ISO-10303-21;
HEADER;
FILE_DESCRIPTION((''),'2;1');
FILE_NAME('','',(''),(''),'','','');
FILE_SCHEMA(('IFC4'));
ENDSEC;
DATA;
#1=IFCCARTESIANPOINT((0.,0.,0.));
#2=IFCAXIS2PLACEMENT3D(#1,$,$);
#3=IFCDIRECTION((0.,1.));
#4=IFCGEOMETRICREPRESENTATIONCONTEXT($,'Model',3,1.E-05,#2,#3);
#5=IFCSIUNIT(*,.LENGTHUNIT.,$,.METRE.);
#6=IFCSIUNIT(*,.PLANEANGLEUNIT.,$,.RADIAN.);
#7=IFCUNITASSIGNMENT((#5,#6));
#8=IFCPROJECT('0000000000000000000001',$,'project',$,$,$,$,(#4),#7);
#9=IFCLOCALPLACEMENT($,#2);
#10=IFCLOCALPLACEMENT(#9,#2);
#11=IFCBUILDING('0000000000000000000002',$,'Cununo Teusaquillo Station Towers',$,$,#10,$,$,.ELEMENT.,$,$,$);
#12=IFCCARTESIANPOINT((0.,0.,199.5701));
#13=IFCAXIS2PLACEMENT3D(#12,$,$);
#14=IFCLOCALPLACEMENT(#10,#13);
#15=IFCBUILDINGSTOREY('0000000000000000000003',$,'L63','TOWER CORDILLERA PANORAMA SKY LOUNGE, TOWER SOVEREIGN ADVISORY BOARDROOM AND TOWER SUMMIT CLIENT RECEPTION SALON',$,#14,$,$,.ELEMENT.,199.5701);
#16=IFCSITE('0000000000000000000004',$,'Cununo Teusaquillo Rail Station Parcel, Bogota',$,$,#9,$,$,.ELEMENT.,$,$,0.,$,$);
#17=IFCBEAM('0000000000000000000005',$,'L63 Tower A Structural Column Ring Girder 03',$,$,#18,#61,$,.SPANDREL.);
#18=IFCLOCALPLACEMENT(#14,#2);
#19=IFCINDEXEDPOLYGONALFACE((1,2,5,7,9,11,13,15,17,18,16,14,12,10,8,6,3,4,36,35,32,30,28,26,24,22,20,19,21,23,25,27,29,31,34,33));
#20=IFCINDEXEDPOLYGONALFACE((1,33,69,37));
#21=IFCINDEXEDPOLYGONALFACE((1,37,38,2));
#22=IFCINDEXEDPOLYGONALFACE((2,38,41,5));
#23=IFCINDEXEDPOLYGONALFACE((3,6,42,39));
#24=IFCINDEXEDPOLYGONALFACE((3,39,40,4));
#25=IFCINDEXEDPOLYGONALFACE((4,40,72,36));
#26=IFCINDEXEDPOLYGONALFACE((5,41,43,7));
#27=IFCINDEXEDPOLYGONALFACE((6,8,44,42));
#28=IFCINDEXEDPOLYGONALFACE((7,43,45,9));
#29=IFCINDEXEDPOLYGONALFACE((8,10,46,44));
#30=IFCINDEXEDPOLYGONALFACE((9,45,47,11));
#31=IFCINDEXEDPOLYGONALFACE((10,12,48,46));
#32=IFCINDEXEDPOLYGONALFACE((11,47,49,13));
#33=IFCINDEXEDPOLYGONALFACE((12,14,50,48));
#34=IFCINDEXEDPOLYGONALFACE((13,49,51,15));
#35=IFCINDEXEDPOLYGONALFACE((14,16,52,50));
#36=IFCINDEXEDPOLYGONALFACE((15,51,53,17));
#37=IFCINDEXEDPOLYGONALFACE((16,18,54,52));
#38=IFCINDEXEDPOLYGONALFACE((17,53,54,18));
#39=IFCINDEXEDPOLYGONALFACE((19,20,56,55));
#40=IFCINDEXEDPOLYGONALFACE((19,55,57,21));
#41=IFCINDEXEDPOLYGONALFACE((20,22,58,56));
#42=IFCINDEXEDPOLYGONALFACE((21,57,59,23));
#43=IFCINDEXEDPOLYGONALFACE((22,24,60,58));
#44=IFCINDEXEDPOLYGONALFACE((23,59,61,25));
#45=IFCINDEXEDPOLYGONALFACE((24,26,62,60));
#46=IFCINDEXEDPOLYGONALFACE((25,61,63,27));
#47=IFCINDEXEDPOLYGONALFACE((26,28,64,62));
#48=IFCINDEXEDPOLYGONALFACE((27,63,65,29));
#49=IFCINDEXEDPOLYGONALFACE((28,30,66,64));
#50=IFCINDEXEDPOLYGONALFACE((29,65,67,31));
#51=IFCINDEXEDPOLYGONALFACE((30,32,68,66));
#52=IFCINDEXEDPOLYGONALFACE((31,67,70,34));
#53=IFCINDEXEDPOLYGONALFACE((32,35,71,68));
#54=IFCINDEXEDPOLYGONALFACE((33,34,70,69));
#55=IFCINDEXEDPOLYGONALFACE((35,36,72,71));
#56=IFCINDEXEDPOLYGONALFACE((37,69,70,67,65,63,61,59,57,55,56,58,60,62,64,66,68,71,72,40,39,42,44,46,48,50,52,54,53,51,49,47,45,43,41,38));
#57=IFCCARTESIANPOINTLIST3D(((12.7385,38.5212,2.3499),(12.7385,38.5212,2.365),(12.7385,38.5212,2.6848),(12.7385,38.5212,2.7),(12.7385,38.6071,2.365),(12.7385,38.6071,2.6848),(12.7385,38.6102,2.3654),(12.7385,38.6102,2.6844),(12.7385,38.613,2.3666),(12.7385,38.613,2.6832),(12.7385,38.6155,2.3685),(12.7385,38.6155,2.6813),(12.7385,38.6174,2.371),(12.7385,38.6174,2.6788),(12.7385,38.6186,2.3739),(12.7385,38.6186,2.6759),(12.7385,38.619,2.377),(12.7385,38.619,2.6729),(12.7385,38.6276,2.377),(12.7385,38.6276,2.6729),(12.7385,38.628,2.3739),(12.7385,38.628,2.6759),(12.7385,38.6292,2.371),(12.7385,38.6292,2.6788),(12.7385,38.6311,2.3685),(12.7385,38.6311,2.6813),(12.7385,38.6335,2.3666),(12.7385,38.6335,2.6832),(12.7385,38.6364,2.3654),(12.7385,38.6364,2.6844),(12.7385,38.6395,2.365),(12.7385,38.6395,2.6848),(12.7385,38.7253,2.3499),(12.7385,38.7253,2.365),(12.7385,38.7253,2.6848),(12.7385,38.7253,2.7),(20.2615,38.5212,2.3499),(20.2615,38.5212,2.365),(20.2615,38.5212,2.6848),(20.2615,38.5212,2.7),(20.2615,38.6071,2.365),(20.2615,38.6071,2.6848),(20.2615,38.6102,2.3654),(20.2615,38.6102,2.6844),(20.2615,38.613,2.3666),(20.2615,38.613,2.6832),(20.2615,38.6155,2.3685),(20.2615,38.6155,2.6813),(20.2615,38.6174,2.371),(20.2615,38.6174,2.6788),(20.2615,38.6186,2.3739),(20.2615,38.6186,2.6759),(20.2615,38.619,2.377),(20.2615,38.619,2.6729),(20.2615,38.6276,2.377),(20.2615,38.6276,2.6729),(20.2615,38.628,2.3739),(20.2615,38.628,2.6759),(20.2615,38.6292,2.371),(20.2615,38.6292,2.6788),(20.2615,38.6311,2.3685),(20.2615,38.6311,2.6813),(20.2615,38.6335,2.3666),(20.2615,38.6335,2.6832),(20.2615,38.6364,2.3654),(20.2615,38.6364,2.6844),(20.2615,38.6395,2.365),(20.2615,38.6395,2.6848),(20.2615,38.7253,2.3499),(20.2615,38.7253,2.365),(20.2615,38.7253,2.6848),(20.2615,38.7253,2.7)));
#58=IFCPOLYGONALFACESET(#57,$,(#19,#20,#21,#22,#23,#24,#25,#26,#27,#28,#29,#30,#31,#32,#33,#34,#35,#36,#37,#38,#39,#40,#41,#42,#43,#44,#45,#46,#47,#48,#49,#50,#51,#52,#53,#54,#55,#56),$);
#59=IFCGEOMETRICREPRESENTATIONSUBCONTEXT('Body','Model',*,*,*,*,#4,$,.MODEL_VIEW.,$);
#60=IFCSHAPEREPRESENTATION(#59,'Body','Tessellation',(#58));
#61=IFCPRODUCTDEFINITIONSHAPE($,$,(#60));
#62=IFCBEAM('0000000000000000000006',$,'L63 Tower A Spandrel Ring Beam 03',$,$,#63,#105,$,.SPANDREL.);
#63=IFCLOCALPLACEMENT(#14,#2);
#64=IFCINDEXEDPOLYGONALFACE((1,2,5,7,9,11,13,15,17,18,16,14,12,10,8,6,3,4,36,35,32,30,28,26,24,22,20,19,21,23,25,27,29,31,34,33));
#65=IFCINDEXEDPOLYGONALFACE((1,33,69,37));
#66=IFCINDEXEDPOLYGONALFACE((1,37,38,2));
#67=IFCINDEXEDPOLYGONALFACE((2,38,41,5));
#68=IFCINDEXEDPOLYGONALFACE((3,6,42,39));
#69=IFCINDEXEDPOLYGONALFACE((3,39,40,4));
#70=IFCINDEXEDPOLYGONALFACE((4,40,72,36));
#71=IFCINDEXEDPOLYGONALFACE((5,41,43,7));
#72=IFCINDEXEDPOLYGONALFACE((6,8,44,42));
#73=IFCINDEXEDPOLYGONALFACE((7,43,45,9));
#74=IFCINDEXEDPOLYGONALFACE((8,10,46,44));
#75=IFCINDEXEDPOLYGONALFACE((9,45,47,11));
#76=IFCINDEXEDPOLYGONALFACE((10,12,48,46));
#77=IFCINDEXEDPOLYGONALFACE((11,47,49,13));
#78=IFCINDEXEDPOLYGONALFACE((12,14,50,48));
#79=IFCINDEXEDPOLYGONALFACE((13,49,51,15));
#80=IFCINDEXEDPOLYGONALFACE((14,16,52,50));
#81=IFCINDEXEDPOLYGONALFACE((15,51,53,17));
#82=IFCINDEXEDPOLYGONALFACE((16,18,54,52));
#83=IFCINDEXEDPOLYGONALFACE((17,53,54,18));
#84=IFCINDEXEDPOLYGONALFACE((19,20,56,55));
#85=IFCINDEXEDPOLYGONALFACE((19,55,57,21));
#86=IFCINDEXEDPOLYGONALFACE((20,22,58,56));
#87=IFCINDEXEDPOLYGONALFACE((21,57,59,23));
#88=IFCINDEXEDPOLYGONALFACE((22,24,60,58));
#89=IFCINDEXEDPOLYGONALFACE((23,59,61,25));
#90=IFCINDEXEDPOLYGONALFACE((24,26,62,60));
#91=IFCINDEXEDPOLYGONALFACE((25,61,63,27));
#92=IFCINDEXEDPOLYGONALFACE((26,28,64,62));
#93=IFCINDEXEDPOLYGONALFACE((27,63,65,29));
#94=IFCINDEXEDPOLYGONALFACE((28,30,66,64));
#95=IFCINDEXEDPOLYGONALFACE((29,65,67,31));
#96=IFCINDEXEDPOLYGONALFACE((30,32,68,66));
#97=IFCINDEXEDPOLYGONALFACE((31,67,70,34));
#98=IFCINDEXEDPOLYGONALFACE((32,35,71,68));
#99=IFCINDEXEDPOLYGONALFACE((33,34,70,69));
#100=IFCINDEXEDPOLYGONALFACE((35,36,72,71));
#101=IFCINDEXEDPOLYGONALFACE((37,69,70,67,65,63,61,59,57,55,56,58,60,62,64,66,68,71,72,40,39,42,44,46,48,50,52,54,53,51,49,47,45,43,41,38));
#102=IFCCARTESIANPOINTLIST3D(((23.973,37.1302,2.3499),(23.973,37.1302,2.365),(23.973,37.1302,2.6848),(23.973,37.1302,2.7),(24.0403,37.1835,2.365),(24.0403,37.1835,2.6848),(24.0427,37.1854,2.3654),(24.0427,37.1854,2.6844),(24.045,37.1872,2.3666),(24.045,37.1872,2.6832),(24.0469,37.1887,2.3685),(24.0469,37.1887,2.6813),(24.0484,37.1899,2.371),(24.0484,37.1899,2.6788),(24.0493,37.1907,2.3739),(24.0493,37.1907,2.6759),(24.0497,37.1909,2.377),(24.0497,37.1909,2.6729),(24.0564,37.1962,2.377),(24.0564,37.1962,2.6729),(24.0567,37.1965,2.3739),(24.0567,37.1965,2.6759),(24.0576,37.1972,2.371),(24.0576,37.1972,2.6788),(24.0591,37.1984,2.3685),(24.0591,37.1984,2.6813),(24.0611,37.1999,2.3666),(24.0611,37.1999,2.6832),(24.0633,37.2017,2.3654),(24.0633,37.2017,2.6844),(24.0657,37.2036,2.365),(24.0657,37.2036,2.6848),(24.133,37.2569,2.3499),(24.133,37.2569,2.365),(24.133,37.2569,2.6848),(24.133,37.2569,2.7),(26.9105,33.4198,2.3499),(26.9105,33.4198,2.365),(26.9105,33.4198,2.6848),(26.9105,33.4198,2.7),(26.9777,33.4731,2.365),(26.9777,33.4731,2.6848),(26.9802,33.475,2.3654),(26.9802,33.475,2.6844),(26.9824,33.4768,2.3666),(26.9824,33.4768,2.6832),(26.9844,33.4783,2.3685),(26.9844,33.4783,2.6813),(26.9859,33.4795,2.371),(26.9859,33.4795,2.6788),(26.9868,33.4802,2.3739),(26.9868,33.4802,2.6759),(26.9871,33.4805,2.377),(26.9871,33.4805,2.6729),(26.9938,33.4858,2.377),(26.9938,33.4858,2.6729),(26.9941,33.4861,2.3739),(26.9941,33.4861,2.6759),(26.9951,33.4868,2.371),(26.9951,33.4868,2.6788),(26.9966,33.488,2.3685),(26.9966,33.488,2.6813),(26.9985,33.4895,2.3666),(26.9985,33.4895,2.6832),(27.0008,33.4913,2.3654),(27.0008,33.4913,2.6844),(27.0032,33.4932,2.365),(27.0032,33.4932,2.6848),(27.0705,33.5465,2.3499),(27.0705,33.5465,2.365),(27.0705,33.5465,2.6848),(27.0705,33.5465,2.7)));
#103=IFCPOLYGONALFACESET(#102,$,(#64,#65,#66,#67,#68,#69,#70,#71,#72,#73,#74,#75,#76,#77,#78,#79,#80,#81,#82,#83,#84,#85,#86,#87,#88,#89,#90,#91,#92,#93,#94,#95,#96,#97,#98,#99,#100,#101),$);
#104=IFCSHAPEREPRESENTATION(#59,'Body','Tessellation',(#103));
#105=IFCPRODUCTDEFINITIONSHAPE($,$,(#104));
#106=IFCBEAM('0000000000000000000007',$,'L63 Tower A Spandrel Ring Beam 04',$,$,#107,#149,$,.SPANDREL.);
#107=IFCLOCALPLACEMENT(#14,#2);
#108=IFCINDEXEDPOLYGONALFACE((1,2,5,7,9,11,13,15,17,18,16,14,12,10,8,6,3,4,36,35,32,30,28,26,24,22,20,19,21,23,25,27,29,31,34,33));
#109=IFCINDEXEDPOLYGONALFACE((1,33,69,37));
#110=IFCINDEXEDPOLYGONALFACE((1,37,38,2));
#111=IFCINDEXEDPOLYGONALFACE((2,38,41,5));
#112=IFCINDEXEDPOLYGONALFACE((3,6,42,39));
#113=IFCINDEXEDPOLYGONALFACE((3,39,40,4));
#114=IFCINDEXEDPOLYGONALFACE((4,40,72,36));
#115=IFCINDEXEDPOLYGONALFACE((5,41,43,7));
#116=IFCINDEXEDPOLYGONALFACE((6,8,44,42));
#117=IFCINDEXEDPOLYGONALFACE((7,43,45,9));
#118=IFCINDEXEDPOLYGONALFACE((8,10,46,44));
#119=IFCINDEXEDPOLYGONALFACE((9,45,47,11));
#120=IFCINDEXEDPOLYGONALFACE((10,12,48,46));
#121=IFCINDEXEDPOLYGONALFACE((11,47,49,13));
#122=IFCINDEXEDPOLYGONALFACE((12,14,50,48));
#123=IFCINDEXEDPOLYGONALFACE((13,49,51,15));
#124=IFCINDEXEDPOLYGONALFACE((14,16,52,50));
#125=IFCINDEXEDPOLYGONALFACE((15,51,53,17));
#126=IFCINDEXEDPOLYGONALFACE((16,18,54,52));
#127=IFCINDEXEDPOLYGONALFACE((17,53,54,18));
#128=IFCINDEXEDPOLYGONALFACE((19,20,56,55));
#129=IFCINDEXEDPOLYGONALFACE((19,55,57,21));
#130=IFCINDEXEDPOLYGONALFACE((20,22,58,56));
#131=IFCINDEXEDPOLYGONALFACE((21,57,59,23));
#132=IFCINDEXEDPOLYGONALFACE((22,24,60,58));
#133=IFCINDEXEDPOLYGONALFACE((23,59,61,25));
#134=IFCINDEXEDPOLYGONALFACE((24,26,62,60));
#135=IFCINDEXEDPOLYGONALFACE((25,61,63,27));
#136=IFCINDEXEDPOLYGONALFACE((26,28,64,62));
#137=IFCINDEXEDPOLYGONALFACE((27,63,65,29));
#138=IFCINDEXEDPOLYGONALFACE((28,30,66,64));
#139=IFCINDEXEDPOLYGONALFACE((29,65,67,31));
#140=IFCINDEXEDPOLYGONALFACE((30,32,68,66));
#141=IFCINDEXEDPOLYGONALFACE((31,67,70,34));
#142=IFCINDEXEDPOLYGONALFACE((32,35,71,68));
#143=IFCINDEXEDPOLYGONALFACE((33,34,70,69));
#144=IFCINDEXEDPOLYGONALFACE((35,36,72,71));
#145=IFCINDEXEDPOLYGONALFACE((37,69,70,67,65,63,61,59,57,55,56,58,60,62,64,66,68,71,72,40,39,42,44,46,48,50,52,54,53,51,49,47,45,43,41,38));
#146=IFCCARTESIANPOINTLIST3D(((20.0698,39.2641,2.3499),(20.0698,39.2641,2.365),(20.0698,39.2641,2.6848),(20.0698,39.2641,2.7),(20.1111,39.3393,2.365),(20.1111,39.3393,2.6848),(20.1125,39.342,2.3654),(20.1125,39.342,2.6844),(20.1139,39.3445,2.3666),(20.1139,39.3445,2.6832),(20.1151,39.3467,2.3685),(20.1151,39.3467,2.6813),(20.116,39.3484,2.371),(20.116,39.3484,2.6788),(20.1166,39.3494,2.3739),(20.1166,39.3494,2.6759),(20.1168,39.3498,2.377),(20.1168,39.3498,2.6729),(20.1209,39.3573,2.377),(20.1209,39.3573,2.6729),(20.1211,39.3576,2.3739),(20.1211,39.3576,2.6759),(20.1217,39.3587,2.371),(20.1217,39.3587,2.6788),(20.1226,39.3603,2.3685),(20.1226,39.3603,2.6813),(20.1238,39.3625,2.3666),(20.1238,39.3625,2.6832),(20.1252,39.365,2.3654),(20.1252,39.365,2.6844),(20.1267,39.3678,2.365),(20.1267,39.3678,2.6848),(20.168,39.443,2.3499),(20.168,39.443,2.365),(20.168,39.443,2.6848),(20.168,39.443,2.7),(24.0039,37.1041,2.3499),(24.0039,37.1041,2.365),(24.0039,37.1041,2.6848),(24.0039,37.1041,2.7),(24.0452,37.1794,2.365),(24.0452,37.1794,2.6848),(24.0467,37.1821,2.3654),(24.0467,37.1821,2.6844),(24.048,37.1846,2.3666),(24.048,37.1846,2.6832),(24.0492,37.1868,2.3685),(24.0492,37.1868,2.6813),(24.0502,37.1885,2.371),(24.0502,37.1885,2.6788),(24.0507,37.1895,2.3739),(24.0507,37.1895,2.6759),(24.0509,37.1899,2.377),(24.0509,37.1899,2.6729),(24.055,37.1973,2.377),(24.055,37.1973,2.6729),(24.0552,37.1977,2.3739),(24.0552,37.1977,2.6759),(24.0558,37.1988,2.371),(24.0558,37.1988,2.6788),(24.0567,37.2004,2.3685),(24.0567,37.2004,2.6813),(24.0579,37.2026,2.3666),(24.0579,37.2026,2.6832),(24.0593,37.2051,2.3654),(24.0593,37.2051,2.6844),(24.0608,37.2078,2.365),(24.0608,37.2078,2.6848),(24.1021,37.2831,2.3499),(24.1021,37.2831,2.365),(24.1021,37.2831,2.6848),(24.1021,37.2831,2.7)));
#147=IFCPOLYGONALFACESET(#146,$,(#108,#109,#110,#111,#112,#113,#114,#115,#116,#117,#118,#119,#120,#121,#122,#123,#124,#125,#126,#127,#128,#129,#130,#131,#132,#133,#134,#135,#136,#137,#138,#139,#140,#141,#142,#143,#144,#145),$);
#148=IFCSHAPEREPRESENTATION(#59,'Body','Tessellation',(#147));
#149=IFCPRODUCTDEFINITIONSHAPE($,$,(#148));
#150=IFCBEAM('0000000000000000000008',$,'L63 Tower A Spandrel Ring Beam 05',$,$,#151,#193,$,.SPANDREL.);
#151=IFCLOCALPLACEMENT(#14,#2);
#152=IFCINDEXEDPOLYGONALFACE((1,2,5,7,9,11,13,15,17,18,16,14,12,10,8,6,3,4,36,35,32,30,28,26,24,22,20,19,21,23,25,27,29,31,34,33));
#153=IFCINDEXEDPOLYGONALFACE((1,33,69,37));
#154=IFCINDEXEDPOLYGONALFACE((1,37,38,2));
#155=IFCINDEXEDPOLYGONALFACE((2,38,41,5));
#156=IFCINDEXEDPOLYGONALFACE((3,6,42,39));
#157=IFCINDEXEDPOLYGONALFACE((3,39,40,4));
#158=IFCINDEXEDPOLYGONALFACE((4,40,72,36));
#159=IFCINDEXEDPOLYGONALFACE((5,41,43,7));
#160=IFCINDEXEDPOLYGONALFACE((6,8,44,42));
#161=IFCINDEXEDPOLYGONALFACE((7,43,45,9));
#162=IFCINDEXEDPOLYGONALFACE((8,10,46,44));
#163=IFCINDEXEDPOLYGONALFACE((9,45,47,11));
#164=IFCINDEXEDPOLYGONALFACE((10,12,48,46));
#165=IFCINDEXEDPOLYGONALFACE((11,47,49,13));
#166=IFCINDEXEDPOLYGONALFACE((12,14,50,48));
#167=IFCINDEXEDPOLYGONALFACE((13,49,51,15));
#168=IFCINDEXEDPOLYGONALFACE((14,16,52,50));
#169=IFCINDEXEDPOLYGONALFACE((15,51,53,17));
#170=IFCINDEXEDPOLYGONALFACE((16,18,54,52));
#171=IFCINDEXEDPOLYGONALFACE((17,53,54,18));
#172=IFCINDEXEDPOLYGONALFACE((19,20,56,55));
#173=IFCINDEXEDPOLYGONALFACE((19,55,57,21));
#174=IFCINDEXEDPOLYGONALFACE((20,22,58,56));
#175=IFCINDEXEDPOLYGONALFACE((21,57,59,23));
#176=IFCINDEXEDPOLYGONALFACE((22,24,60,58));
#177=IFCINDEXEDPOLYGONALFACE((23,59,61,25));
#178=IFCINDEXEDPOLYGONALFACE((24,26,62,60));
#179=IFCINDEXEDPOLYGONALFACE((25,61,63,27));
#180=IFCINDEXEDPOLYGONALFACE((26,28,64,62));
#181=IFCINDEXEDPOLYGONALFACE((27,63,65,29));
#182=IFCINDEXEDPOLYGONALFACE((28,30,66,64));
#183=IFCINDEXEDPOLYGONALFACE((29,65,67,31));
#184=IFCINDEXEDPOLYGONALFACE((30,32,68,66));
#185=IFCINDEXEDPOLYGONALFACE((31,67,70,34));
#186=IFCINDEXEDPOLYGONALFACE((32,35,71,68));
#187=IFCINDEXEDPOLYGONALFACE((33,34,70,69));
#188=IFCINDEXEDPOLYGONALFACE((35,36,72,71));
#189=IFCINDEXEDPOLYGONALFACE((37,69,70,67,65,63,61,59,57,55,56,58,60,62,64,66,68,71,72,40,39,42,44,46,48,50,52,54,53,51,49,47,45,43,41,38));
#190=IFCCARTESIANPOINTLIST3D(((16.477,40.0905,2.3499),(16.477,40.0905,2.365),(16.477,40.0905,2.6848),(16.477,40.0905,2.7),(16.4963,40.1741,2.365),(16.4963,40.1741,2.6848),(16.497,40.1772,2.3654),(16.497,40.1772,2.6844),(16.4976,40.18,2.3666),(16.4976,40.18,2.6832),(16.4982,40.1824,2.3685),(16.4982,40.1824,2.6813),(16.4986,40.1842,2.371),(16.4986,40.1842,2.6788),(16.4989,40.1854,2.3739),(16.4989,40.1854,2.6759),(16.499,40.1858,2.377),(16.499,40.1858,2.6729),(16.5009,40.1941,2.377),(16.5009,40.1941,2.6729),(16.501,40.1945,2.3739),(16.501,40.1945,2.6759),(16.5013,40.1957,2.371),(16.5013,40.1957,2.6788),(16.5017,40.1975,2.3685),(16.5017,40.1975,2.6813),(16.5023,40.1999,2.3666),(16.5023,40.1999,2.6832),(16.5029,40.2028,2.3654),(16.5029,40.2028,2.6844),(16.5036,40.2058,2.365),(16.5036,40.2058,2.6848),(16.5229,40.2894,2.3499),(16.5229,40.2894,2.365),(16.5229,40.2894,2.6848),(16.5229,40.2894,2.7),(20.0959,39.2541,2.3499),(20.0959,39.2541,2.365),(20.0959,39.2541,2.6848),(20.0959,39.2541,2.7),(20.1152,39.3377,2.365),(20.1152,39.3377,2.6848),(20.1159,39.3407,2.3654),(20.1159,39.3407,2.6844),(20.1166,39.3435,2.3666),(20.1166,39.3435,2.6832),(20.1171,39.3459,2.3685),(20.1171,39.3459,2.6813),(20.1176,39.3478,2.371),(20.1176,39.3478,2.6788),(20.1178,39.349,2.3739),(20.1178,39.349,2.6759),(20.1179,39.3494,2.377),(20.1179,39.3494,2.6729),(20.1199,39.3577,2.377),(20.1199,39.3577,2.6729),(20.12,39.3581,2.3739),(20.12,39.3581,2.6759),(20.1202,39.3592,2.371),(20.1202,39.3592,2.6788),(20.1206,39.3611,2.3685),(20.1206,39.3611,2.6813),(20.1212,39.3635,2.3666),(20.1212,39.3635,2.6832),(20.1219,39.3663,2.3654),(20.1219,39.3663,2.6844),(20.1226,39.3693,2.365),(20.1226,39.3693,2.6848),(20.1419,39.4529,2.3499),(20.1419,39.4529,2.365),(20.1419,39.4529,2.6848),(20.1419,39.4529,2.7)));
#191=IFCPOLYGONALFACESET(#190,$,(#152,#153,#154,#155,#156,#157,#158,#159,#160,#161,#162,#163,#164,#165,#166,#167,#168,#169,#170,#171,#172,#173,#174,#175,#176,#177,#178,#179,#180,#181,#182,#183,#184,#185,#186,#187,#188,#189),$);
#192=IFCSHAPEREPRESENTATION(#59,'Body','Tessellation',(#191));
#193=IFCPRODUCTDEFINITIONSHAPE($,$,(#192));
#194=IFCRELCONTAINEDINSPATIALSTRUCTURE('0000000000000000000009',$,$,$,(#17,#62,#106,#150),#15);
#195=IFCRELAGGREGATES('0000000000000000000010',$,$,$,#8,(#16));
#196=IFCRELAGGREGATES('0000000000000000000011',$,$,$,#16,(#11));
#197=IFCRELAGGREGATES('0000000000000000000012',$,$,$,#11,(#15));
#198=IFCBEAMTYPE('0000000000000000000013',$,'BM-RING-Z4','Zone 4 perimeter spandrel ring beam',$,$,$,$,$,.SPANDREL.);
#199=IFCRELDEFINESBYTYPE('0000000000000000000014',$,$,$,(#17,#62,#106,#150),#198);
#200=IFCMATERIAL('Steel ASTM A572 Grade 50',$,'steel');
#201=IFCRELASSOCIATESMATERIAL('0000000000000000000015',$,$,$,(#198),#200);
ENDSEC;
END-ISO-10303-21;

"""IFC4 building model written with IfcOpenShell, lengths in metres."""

from ifc_helpers import new_model, si_unit, direction, frame, origin, origin_2d, place, context, subcontext, project, spatial, i_section, extrude, material, material_profile, profile_set, type_object, element, save


model = new_model("IFC4")

# Units and contexts
model_context = context("Model", 3, precision=1e-05, world=origin(), true_north=direction((0.0, 1.0)))
body_context = subcontext(model_context, "Body", "Model", "MODEL_VIEW")
ifc_project = project(units=[si_unit("LENGTHUNIT", "METRE"), si_unit("PLANEANGLEUNIT", "RADIAN")], contexts=[model_context])

# Site, building, storey
site_placement = place(None, origin())
site = spatial("IfcSite", under=ifc_project, at=site_placement, Name="Cununo Teusaquillo Rail Station Parcel, Bogota", CompositionType="ELEMENT", RefElevation=0.0)
building_placement = place(site_placement, origin())
building = spatial("IfcBuilding", under=site, at=building_placement, Name="Cununo Teusaquillo Station Towers", CompositionType="ELEMENT")
storey_placement = place(building_placement, frame((0.0, 0.0, 199.5701)))
storey = spatial("IfcBuildingStorey", under=building, at=storey_placement, Name="L63", Description="TOWER CORDILLERA PANORAMA SKY LOUNGE, TOWER SOVEREIGN ADVISORY BOARDROOM AND TOWER SUMMIT CLIENT RECEPTION SALON", CompositionType="ELEMENT", Elevation=199.5701)

# Beams
ifc_material_1 = material(Name="Steel ASTM A572 Grade 50", Category="steel")
ifc_material_profile_1 = material_profile(ifc_material_1, i_section(OverallWidth=0.2041, OverallDepth=0.3501, WebThickness=0.0085, FlangeThickness=0.0151, FilletRadius=0.012, at=origin_2d()), Name="W14X48")
ifc_profile_set_1 = profile_set([ifc_material_profile_1], Name="Steel ASTM A572 Grade 50")
beam_type_1 = type_object("IfcBeamType", Name="BM-RING-Z4", Description="Zone 4 perimeter spandrel ring beam", PredefinedType="SPANDREL", material=ifc_profile_set_1)
beam_1_placement = place(storey_placement, frame((20.2615, 38.6233, 2.5249), z_axis=(-1.0, 0.0, 0.0), x_axis=(0.0, -1.0, 0.0)))
element("IfcBeam", 1, at=beam_1_placement, inside=storey, type_object=beam_type_1, Name="L63 Tower A Structural Column Ring Girder 03", PredefinedType="SPANDREL", context=body_context, shape_type="SweptSolid", body=[
    extrude(i_section(OverallWidth=0.2041, OverallDepth=0.3501, WebThickness=0.0085, FlangeThickness=0.0151, FilletRadius=0.012, at=origin_2d()), origin(), (0.0, 0.0, 1.0), 7.5229),
])
beam_2_placement = place(storey_placement, frame((26.9905, 33.4832, 2.5249), z_axis=(-0.620711, 0.78404, 0.0), x_axis=(-0.78404, -0.620711, 0.0)))
element("IfcBeam", 2, at=beam_2_placement, inside=storey, type_object=beam_type_1, Name="L63 Tower A Spandrel Ring Beam 03", PredefinedType="SPANDREL", context=body_context, shape_type="SweptSolid", body=[
    extrude(i_section(OverallWidth=0.2041, OverallDepth=0.3501, WebThickness=0.0085, FlangeThickness=0.0151, FilletRadius=0.012, at=origin_2d()), origin(), (0.0, 0.0, 1.0), 4.7324),
])
beam_3_placement = place(storey_placement, frame((24.053, 37.1936, 2.5249), z_axis=(-0.876576, 0.481263, 0.0), x_axis=(-0.481263, -0.876576, 0.0)))
element("IfcBeam", 3, at=beam_3_placement, inside=storey, type_object=beam_type_1, Name="L63 Tower A Spandrel Ring Beam 04", PredefinedType="SPANDREL", context=body_context, shape_type="SweptSolid", body=[
    extrude(i_section(OverallWidth=0.2041, OverallDepth=0.3501, WebThickness=0.0085, FlangeThickness=0.0151, FilletRadius=0.012, at=origin_2d()), origin(), (0.0, 0.0, 1.0), 4.488),
])
for number, where, z_axis, x_axis, name in (
    (4, (20.1189, 39.3535, 2.5249), (-0.974315, 0.225191, 0.0), (-0.225191, -0.974315, 0.0), "L63 Tower A Spandrel Ring Beam 05"),
):
    element("IfcBeam", number, at=place(storey_placement, frame(where, z_axis=z_axis, x_axis=x_axis)), inside=storey, type_object=beam_type_1, Name=name, PredefinedType="SPANDREL", context=body_context, shape_type="SweptSolid", body=[
        extrude(i_section(OverallWidth=0.2041, OverallDepth=0.3501, WebThickness=0.0085, FlangeThickness=0.0151, FilletRadius=0.012, at=origin_2d()), origin(), (0.0, 0.0, 1.0), 3.7144),
    ])

save(model, "model.ifc")
